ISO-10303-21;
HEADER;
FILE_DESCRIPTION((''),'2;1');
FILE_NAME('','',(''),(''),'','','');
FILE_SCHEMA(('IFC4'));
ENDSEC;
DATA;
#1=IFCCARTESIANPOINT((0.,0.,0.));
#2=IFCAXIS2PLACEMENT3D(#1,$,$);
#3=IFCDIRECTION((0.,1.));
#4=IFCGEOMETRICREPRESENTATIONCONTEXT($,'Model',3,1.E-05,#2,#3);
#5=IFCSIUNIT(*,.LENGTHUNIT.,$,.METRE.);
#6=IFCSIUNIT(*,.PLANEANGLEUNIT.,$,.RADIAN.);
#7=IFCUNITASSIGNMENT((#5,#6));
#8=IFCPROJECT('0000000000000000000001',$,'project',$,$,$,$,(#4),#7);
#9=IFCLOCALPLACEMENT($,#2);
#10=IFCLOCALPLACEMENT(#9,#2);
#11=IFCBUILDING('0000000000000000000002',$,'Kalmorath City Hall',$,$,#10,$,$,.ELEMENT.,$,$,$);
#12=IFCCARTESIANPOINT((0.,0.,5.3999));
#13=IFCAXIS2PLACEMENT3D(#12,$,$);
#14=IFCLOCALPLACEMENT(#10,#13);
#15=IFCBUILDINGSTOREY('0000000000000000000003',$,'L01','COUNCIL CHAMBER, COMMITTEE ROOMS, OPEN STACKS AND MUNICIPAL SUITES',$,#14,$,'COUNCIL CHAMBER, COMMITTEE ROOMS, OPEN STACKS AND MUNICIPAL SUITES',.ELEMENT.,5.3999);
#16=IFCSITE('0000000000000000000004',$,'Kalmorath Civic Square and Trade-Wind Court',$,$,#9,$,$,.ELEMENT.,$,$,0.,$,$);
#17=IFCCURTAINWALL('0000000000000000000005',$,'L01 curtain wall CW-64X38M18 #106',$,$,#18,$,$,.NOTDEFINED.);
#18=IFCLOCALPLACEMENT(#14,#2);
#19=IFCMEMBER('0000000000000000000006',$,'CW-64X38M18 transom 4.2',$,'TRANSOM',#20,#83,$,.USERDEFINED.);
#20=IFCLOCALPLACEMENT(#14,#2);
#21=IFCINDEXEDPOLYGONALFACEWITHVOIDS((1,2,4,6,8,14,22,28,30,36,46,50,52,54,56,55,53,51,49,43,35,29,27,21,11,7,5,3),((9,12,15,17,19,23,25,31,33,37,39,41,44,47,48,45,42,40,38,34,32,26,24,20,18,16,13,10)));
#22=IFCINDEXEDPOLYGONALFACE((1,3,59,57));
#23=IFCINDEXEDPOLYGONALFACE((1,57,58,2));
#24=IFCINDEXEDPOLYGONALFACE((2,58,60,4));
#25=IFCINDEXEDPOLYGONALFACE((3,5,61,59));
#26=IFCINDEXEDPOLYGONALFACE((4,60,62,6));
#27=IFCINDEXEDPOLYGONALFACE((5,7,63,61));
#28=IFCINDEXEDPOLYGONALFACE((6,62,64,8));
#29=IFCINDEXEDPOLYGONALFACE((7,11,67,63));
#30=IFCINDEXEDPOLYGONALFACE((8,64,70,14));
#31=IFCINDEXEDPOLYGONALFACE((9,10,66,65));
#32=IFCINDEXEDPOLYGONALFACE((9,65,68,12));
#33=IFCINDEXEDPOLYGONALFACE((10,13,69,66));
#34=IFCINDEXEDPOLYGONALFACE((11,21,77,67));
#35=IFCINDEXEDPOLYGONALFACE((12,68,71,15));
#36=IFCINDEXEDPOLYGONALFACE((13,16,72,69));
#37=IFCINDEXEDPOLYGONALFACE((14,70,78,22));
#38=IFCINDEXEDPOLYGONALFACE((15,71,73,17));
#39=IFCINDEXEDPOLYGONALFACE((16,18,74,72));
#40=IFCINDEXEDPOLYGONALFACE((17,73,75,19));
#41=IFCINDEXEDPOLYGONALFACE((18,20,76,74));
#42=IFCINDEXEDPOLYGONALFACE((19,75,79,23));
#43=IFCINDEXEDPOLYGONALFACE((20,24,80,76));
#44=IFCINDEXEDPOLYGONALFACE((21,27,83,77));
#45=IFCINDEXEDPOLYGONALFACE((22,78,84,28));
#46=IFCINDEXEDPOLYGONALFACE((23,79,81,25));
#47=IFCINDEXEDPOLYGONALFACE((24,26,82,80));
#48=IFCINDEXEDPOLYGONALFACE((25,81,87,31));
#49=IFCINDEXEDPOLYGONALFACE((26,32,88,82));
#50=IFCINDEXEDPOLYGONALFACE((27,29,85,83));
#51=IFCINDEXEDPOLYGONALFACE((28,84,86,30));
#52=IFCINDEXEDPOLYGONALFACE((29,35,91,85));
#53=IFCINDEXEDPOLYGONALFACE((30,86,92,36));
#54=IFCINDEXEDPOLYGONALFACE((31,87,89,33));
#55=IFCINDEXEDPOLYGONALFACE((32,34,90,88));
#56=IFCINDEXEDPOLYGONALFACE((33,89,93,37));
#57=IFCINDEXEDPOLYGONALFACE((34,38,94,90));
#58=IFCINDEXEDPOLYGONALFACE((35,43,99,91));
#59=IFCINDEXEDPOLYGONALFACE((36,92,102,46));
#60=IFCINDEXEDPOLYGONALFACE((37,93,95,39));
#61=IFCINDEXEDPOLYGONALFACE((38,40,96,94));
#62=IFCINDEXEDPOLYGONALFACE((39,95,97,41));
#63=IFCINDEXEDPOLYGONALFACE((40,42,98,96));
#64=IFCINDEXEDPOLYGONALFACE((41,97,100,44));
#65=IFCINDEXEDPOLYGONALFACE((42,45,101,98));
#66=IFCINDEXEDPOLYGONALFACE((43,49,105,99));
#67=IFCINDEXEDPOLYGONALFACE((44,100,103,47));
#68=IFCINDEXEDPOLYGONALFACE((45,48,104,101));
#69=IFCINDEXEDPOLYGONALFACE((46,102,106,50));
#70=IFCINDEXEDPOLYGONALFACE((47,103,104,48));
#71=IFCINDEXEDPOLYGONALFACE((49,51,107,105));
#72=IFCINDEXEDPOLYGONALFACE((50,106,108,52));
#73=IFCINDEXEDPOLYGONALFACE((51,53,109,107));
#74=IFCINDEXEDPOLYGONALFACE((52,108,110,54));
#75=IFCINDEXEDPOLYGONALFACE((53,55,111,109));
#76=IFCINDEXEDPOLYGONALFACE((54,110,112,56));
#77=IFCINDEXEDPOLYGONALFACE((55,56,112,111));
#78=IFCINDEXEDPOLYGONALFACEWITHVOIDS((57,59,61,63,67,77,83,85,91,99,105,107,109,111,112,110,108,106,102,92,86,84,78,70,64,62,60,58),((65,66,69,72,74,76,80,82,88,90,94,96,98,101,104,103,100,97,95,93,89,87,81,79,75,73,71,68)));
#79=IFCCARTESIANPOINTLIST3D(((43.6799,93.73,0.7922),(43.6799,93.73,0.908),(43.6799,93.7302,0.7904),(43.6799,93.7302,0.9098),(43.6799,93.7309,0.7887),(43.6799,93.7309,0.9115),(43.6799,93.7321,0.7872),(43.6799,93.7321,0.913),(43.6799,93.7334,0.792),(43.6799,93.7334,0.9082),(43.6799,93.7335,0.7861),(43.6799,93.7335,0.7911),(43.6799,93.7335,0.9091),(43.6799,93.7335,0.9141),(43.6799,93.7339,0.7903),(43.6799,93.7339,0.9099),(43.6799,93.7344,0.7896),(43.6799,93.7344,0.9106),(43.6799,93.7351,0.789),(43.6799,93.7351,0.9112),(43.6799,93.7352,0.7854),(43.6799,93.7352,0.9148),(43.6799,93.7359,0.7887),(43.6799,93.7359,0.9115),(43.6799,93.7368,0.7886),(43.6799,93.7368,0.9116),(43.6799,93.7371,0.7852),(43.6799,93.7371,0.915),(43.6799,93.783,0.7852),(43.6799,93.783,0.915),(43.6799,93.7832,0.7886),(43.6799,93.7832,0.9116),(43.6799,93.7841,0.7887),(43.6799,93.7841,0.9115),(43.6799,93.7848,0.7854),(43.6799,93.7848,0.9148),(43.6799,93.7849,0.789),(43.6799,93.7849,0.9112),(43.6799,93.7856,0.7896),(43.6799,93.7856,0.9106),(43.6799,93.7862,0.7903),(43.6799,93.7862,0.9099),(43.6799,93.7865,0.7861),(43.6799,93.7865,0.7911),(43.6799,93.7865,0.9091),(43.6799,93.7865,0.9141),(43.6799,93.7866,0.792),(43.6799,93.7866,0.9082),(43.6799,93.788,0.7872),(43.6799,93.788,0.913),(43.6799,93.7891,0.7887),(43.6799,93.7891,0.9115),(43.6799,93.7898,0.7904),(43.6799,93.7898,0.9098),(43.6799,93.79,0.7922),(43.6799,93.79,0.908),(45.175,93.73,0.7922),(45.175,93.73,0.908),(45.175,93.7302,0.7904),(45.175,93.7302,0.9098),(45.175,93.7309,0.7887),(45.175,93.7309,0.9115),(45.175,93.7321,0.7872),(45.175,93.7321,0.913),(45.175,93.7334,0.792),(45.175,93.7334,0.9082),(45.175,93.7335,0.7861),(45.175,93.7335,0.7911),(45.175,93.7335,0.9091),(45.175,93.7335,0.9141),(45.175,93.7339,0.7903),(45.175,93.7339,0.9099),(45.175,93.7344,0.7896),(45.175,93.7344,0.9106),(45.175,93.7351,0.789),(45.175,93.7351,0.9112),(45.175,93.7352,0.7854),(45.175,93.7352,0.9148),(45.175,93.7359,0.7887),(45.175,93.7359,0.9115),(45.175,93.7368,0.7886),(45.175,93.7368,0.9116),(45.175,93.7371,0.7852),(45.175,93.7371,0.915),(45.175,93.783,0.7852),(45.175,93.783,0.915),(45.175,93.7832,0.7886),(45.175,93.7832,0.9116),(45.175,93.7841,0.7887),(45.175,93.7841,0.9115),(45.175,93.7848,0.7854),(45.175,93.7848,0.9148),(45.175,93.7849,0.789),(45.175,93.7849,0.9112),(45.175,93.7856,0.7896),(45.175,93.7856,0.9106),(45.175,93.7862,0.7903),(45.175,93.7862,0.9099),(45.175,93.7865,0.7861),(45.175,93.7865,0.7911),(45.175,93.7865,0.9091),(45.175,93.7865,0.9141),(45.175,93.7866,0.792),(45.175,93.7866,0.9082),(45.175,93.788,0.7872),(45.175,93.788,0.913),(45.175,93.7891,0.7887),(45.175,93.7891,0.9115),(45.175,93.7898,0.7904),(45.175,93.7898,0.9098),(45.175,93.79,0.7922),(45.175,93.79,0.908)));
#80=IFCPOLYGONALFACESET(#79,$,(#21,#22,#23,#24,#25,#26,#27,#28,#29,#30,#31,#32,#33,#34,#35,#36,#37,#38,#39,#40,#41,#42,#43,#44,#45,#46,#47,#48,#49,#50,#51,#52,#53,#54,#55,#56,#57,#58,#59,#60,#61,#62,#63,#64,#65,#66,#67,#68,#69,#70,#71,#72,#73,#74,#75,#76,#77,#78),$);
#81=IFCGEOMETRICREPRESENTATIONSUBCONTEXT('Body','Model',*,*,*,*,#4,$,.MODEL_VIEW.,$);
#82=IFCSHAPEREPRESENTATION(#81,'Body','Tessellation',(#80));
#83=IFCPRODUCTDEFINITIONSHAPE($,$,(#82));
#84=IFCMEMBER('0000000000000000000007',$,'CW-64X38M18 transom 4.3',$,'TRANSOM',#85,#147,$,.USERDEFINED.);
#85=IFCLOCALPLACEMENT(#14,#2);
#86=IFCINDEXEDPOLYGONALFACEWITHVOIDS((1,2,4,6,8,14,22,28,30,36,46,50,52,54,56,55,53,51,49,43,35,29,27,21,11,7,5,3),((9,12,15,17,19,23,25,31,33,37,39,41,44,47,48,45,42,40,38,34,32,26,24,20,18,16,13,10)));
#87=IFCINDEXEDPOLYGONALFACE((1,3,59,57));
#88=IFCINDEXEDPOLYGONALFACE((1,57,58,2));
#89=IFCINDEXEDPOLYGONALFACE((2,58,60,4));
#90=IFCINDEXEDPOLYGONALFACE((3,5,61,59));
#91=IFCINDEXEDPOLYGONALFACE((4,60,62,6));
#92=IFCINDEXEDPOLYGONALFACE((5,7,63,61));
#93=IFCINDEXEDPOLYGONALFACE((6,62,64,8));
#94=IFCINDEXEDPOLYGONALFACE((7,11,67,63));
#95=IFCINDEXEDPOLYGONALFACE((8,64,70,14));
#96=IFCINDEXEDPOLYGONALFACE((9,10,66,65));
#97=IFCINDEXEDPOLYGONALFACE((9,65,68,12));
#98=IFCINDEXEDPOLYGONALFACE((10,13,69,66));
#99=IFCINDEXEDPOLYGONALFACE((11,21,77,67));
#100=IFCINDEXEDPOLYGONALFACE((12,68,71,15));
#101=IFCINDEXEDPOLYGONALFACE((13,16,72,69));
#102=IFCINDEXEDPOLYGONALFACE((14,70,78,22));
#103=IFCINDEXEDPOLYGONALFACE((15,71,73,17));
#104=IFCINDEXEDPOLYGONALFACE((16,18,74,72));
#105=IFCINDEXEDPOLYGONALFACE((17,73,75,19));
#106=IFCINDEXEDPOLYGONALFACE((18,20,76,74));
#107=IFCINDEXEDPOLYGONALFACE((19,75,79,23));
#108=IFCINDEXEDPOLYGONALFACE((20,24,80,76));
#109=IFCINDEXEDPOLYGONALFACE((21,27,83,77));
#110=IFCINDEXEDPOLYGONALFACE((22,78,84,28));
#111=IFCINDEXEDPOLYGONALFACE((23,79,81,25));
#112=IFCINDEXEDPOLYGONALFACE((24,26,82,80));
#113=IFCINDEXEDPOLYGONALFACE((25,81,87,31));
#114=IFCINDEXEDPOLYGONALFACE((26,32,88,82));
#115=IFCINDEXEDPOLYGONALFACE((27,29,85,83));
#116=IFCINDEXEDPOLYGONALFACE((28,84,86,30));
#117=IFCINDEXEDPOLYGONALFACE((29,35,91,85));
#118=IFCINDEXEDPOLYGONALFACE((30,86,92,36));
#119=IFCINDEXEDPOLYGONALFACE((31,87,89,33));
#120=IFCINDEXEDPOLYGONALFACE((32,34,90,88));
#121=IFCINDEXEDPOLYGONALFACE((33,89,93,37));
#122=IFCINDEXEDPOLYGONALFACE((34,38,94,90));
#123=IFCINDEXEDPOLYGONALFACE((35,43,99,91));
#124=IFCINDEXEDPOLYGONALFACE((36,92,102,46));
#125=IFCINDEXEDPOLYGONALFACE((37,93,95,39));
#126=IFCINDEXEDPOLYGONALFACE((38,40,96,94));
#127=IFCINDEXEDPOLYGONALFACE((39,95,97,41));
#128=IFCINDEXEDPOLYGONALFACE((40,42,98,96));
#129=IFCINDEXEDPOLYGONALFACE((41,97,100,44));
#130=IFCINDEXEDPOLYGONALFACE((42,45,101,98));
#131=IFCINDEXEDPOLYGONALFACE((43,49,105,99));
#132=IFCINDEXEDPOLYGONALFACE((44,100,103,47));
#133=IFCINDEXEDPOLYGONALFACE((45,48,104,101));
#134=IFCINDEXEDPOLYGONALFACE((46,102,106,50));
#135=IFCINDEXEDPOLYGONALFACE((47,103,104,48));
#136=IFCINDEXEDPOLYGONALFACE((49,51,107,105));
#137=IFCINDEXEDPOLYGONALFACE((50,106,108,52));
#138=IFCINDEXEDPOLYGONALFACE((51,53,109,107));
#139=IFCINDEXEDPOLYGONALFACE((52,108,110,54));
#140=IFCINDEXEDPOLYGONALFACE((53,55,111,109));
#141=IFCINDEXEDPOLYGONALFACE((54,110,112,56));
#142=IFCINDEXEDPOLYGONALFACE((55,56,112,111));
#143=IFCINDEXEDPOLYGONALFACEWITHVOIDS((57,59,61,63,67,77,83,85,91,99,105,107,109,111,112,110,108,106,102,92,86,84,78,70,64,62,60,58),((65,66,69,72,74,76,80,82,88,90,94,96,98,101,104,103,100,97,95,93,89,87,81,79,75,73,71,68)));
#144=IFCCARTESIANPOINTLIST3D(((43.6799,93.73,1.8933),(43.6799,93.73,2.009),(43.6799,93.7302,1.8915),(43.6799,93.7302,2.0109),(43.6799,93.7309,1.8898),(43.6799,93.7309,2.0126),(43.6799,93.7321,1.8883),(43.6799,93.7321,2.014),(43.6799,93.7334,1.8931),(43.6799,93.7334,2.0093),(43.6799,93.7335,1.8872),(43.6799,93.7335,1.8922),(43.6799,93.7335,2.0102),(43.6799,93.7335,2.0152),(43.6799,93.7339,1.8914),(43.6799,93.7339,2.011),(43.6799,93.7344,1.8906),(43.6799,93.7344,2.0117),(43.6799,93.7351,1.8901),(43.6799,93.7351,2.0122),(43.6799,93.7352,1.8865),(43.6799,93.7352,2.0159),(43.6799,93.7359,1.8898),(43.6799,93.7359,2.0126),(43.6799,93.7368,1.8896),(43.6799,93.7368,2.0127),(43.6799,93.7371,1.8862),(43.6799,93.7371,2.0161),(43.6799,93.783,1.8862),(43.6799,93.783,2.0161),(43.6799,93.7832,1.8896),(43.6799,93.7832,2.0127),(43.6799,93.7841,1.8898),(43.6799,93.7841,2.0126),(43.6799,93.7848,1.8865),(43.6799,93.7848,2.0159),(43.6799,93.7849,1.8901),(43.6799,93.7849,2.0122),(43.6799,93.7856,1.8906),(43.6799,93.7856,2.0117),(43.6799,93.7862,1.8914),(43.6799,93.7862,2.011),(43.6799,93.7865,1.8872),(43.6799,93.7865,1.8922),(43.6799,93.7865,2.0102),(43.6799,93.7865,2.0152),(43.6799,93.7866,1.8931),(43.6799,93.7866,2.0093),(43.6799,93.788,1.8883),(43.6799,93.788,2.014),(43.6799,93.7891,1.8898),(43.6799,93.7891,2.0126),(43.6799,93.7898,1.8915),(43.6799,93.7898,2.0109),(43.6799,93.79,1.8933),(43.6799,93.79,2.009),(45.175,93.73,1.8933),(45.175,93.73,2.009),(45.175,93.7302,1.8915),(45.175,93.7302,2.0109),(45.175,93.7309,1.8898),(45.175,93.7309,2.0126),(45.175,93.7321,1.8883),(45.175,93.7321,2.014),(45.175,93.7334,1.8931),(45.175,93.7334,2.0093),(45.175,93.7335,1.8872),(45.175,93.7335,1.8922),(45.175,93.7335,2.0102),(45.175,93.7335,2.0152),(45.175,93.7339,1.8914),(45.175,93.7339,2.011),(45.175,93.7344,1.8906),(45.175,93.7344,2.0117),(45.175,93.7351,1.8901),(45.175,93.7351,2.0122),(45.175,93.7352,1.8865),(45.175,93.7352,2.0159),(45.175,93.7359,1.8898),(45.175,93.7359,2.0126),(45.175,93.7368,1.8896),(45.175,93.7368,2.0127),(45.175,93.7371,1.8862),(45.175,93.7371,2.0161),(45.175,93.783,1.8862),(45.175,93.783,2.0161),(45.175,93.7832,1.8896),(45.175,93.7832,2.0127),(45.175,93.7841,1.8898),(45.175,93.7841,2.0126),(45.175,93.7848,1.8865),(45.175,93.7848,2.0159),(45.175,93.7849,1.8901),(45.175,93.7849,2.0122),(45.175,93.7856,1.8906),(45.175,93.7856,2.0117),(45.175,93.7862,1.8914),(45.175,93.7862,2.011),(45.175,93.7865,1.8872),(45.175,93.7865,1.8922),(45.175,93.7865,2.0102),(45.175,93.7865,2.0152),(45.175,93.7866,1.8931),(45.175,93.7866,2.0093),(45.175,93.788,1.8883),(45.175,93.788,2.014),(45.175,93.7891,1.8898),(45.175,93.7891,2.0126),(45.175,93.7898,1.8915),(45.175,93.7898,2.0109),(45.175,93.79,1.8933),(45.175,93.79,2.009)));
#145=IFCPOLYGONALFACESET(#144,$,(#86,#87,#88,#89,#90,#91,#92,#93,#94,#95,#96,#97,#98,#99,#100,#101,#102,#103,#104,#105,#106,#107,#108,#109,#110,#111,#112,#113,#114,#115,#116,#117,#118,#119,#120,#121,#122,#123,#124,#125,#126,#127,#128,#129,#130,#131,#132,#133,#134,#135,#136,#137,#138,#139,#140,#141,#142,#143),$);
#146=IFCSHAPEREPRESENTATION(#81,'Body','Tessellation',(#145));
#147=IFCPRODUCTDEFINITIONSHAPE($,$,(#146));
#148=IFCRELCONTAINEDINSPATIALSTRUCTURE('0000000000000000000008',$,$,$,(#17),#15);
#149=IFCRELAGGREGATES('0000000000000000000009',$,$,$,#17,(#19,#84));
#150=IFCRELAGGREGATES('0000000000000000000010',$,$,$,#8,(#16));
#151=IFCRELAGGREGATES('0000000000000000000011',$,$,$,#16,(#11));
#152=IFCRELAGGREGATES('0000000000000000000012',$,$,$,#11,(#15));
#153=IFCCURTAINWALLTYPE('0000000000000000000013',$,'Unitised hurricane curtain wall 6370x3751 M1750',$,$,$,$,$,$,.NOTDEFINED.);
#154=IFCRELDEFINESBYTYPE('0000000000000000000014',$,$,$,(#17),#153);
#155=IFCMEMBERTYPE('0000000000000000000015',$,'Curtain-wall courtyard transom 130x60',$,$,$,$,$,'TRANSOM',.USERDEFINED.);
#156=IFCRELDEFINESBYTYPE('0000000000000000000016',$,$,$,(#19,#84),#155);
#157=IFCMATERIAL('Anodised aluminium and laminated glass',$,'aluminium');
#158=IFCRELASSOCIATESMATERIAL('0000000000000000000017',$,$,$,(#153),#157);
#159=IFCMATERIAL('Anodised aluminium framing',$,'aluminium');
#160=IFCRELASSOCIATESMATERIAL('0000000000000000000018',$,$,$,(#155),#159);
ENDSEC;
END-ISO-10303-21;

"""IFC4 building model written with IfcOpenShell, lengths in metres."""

from ifc_helpers import new_model, si_unit, direction, frame, origin, origin_2d, place, context, subcontext, project, spatial, hollow_rectangle, extrude, material, material_profile, profile_set, type_object, element, aggregate, save


model = new_model("IFC4")

# Units and contexts
model_context = context("Model", 3, precision=1e-05, world=origin(), true_north=direction((0.0, 1.0)))
body_context = subcontext(model_context, "Body", "Model", "MODEL_VIEW")
ifc_project = project(units=[si_unit("LENGTHUNIT", "METRE"), si_unit("PLANEANGLEUNIT", "RADIAN")], contexts=[model_context])

# Site, building, storey
site_placement = place(None, origin())
site = spatial("IfcSite", under=ifc_project, at=site_placement, Name="Kalmorath Civic Square and Trade-Wind Court", CompositionType="ELEMENT", RefElevation=0.0)
building_placement = place(site_placement, origin())
building = spatial("IfcBuilding", under=site, at=building_placement, Name="Kalmorath City Hall", CompositionType="ELEMENT")
storey_placement = place(building_placement, frame((0.0, 0.0, 5.3999)))
storey = spatial("IfcBuildingStorey", under=building, at=storey_placement, Name="L01", Description="COUNCIL CHAMBER, COMMITTEE ROOMS, OPEN STACKS AND MUNICIPAL SUITES", LongName="COUNCIL CHAMBER, COMMITTEE ROOMS, OPEN STACKS AND MUNICIPAL SUITES", CompositionType="ELEMENT", Elevation=5.3999)

# Curtain wall
ifc_material_1 = material(Name="Anodised aluminium and laminated glass", Category="aluminium")
curtain_wall_type = type_object("IfcCurtainWallType", Name="Unitised hurricane curtain wall 6370x3751 M1750", PredefinedType="NOTDEFINED", material=ifc_material_1)
curtain_wall_1_placement = place(storey_placement, origin())
curtain_wall_1 = element("IfcCurtainWall", 1, at=curtain_wall_1_placement, inside=storey, type_object=curtain_wall_type, Name="L01 curtain wall CW-64X38M18 #106", PredefinedType="NOTDEFINED")

# Members
ifc_material_2 = material(Name="Anodised aluminium framing", Category="aluminium")
ifc_material_profile_1 = material_profile(ifc_material_2, hollow_rectangle(XDim=0.0601, YDim=0.1299, WallThickness=0.0034, InnerFilletRadius=0.0034, OuterFilletRadius=0.0071, at=origin_2d()), Name="ALU-TRN-130X60X3.5")
ifc_profile_set_1 = profile_set([ifc_material_profile_1], Name="Anodised aluminium framing")
member_type_1 = type_object("IfcMemberType", Name="Curtain-wall courtyard transom 130x60", ElementType="TRANSOM", PredefinedType="USERDEFINED", material=ifc_profile_set_1)
member_1_placement = place(storey_placement, frame((45.175, 93.76, 0.8501), z_axis=(-1.0, 0.0, 0.0), x_axis=(0.0, -1.0, 0.0)))
member_1 = element("IfcMember", 2, at=member_1_placement, type_object=member_type_1, Name="CW-64X38M18 transom 4.2", ObjectType="TRANSOM", PredefinedType="USERDEFINED", context=body_context, shape_type="SweptSolid", body=[
    extrude(hollow_rectangle(XDim=0.0601, YDim=0.1299, WallThickness=0.0034, InnerFilletRadius=0.0034, OuterFilletRadius=0.0071, at=origin_2d()), origin(), (0.0, 0.0, 1.0), 1.4951),
])
member_2_placement = place(storey_placement, frame((45.175, 93.76, 1.9512), z_axis=(-1.0, 0.0, 0.0), x_axis=(0.0, -1.0, 0.0)))
member_2 = element("IfcMember", 3, at=member_2_placement, type_object=member_type_1, Name="CW-64X38M18 transom 4.3", ObjectType="TRANSOM", PredefinedType="USERDEFINED", context=body_context, shape_type="SweptSolid", body=[
    extrude(hollow_rectangle(XDim=0.0601, YDim=0.1299, WallThickness=0.0034, InnerFilletRadius=0.0034, OuterFilletRadius=0.0071, at=origin_2d()), origin(), (0.0, 0.0, 1.0), 1.4951),
])

aggregate(curtain_wall_1, [member_1, member_2])

save(model, "model.ifc")
